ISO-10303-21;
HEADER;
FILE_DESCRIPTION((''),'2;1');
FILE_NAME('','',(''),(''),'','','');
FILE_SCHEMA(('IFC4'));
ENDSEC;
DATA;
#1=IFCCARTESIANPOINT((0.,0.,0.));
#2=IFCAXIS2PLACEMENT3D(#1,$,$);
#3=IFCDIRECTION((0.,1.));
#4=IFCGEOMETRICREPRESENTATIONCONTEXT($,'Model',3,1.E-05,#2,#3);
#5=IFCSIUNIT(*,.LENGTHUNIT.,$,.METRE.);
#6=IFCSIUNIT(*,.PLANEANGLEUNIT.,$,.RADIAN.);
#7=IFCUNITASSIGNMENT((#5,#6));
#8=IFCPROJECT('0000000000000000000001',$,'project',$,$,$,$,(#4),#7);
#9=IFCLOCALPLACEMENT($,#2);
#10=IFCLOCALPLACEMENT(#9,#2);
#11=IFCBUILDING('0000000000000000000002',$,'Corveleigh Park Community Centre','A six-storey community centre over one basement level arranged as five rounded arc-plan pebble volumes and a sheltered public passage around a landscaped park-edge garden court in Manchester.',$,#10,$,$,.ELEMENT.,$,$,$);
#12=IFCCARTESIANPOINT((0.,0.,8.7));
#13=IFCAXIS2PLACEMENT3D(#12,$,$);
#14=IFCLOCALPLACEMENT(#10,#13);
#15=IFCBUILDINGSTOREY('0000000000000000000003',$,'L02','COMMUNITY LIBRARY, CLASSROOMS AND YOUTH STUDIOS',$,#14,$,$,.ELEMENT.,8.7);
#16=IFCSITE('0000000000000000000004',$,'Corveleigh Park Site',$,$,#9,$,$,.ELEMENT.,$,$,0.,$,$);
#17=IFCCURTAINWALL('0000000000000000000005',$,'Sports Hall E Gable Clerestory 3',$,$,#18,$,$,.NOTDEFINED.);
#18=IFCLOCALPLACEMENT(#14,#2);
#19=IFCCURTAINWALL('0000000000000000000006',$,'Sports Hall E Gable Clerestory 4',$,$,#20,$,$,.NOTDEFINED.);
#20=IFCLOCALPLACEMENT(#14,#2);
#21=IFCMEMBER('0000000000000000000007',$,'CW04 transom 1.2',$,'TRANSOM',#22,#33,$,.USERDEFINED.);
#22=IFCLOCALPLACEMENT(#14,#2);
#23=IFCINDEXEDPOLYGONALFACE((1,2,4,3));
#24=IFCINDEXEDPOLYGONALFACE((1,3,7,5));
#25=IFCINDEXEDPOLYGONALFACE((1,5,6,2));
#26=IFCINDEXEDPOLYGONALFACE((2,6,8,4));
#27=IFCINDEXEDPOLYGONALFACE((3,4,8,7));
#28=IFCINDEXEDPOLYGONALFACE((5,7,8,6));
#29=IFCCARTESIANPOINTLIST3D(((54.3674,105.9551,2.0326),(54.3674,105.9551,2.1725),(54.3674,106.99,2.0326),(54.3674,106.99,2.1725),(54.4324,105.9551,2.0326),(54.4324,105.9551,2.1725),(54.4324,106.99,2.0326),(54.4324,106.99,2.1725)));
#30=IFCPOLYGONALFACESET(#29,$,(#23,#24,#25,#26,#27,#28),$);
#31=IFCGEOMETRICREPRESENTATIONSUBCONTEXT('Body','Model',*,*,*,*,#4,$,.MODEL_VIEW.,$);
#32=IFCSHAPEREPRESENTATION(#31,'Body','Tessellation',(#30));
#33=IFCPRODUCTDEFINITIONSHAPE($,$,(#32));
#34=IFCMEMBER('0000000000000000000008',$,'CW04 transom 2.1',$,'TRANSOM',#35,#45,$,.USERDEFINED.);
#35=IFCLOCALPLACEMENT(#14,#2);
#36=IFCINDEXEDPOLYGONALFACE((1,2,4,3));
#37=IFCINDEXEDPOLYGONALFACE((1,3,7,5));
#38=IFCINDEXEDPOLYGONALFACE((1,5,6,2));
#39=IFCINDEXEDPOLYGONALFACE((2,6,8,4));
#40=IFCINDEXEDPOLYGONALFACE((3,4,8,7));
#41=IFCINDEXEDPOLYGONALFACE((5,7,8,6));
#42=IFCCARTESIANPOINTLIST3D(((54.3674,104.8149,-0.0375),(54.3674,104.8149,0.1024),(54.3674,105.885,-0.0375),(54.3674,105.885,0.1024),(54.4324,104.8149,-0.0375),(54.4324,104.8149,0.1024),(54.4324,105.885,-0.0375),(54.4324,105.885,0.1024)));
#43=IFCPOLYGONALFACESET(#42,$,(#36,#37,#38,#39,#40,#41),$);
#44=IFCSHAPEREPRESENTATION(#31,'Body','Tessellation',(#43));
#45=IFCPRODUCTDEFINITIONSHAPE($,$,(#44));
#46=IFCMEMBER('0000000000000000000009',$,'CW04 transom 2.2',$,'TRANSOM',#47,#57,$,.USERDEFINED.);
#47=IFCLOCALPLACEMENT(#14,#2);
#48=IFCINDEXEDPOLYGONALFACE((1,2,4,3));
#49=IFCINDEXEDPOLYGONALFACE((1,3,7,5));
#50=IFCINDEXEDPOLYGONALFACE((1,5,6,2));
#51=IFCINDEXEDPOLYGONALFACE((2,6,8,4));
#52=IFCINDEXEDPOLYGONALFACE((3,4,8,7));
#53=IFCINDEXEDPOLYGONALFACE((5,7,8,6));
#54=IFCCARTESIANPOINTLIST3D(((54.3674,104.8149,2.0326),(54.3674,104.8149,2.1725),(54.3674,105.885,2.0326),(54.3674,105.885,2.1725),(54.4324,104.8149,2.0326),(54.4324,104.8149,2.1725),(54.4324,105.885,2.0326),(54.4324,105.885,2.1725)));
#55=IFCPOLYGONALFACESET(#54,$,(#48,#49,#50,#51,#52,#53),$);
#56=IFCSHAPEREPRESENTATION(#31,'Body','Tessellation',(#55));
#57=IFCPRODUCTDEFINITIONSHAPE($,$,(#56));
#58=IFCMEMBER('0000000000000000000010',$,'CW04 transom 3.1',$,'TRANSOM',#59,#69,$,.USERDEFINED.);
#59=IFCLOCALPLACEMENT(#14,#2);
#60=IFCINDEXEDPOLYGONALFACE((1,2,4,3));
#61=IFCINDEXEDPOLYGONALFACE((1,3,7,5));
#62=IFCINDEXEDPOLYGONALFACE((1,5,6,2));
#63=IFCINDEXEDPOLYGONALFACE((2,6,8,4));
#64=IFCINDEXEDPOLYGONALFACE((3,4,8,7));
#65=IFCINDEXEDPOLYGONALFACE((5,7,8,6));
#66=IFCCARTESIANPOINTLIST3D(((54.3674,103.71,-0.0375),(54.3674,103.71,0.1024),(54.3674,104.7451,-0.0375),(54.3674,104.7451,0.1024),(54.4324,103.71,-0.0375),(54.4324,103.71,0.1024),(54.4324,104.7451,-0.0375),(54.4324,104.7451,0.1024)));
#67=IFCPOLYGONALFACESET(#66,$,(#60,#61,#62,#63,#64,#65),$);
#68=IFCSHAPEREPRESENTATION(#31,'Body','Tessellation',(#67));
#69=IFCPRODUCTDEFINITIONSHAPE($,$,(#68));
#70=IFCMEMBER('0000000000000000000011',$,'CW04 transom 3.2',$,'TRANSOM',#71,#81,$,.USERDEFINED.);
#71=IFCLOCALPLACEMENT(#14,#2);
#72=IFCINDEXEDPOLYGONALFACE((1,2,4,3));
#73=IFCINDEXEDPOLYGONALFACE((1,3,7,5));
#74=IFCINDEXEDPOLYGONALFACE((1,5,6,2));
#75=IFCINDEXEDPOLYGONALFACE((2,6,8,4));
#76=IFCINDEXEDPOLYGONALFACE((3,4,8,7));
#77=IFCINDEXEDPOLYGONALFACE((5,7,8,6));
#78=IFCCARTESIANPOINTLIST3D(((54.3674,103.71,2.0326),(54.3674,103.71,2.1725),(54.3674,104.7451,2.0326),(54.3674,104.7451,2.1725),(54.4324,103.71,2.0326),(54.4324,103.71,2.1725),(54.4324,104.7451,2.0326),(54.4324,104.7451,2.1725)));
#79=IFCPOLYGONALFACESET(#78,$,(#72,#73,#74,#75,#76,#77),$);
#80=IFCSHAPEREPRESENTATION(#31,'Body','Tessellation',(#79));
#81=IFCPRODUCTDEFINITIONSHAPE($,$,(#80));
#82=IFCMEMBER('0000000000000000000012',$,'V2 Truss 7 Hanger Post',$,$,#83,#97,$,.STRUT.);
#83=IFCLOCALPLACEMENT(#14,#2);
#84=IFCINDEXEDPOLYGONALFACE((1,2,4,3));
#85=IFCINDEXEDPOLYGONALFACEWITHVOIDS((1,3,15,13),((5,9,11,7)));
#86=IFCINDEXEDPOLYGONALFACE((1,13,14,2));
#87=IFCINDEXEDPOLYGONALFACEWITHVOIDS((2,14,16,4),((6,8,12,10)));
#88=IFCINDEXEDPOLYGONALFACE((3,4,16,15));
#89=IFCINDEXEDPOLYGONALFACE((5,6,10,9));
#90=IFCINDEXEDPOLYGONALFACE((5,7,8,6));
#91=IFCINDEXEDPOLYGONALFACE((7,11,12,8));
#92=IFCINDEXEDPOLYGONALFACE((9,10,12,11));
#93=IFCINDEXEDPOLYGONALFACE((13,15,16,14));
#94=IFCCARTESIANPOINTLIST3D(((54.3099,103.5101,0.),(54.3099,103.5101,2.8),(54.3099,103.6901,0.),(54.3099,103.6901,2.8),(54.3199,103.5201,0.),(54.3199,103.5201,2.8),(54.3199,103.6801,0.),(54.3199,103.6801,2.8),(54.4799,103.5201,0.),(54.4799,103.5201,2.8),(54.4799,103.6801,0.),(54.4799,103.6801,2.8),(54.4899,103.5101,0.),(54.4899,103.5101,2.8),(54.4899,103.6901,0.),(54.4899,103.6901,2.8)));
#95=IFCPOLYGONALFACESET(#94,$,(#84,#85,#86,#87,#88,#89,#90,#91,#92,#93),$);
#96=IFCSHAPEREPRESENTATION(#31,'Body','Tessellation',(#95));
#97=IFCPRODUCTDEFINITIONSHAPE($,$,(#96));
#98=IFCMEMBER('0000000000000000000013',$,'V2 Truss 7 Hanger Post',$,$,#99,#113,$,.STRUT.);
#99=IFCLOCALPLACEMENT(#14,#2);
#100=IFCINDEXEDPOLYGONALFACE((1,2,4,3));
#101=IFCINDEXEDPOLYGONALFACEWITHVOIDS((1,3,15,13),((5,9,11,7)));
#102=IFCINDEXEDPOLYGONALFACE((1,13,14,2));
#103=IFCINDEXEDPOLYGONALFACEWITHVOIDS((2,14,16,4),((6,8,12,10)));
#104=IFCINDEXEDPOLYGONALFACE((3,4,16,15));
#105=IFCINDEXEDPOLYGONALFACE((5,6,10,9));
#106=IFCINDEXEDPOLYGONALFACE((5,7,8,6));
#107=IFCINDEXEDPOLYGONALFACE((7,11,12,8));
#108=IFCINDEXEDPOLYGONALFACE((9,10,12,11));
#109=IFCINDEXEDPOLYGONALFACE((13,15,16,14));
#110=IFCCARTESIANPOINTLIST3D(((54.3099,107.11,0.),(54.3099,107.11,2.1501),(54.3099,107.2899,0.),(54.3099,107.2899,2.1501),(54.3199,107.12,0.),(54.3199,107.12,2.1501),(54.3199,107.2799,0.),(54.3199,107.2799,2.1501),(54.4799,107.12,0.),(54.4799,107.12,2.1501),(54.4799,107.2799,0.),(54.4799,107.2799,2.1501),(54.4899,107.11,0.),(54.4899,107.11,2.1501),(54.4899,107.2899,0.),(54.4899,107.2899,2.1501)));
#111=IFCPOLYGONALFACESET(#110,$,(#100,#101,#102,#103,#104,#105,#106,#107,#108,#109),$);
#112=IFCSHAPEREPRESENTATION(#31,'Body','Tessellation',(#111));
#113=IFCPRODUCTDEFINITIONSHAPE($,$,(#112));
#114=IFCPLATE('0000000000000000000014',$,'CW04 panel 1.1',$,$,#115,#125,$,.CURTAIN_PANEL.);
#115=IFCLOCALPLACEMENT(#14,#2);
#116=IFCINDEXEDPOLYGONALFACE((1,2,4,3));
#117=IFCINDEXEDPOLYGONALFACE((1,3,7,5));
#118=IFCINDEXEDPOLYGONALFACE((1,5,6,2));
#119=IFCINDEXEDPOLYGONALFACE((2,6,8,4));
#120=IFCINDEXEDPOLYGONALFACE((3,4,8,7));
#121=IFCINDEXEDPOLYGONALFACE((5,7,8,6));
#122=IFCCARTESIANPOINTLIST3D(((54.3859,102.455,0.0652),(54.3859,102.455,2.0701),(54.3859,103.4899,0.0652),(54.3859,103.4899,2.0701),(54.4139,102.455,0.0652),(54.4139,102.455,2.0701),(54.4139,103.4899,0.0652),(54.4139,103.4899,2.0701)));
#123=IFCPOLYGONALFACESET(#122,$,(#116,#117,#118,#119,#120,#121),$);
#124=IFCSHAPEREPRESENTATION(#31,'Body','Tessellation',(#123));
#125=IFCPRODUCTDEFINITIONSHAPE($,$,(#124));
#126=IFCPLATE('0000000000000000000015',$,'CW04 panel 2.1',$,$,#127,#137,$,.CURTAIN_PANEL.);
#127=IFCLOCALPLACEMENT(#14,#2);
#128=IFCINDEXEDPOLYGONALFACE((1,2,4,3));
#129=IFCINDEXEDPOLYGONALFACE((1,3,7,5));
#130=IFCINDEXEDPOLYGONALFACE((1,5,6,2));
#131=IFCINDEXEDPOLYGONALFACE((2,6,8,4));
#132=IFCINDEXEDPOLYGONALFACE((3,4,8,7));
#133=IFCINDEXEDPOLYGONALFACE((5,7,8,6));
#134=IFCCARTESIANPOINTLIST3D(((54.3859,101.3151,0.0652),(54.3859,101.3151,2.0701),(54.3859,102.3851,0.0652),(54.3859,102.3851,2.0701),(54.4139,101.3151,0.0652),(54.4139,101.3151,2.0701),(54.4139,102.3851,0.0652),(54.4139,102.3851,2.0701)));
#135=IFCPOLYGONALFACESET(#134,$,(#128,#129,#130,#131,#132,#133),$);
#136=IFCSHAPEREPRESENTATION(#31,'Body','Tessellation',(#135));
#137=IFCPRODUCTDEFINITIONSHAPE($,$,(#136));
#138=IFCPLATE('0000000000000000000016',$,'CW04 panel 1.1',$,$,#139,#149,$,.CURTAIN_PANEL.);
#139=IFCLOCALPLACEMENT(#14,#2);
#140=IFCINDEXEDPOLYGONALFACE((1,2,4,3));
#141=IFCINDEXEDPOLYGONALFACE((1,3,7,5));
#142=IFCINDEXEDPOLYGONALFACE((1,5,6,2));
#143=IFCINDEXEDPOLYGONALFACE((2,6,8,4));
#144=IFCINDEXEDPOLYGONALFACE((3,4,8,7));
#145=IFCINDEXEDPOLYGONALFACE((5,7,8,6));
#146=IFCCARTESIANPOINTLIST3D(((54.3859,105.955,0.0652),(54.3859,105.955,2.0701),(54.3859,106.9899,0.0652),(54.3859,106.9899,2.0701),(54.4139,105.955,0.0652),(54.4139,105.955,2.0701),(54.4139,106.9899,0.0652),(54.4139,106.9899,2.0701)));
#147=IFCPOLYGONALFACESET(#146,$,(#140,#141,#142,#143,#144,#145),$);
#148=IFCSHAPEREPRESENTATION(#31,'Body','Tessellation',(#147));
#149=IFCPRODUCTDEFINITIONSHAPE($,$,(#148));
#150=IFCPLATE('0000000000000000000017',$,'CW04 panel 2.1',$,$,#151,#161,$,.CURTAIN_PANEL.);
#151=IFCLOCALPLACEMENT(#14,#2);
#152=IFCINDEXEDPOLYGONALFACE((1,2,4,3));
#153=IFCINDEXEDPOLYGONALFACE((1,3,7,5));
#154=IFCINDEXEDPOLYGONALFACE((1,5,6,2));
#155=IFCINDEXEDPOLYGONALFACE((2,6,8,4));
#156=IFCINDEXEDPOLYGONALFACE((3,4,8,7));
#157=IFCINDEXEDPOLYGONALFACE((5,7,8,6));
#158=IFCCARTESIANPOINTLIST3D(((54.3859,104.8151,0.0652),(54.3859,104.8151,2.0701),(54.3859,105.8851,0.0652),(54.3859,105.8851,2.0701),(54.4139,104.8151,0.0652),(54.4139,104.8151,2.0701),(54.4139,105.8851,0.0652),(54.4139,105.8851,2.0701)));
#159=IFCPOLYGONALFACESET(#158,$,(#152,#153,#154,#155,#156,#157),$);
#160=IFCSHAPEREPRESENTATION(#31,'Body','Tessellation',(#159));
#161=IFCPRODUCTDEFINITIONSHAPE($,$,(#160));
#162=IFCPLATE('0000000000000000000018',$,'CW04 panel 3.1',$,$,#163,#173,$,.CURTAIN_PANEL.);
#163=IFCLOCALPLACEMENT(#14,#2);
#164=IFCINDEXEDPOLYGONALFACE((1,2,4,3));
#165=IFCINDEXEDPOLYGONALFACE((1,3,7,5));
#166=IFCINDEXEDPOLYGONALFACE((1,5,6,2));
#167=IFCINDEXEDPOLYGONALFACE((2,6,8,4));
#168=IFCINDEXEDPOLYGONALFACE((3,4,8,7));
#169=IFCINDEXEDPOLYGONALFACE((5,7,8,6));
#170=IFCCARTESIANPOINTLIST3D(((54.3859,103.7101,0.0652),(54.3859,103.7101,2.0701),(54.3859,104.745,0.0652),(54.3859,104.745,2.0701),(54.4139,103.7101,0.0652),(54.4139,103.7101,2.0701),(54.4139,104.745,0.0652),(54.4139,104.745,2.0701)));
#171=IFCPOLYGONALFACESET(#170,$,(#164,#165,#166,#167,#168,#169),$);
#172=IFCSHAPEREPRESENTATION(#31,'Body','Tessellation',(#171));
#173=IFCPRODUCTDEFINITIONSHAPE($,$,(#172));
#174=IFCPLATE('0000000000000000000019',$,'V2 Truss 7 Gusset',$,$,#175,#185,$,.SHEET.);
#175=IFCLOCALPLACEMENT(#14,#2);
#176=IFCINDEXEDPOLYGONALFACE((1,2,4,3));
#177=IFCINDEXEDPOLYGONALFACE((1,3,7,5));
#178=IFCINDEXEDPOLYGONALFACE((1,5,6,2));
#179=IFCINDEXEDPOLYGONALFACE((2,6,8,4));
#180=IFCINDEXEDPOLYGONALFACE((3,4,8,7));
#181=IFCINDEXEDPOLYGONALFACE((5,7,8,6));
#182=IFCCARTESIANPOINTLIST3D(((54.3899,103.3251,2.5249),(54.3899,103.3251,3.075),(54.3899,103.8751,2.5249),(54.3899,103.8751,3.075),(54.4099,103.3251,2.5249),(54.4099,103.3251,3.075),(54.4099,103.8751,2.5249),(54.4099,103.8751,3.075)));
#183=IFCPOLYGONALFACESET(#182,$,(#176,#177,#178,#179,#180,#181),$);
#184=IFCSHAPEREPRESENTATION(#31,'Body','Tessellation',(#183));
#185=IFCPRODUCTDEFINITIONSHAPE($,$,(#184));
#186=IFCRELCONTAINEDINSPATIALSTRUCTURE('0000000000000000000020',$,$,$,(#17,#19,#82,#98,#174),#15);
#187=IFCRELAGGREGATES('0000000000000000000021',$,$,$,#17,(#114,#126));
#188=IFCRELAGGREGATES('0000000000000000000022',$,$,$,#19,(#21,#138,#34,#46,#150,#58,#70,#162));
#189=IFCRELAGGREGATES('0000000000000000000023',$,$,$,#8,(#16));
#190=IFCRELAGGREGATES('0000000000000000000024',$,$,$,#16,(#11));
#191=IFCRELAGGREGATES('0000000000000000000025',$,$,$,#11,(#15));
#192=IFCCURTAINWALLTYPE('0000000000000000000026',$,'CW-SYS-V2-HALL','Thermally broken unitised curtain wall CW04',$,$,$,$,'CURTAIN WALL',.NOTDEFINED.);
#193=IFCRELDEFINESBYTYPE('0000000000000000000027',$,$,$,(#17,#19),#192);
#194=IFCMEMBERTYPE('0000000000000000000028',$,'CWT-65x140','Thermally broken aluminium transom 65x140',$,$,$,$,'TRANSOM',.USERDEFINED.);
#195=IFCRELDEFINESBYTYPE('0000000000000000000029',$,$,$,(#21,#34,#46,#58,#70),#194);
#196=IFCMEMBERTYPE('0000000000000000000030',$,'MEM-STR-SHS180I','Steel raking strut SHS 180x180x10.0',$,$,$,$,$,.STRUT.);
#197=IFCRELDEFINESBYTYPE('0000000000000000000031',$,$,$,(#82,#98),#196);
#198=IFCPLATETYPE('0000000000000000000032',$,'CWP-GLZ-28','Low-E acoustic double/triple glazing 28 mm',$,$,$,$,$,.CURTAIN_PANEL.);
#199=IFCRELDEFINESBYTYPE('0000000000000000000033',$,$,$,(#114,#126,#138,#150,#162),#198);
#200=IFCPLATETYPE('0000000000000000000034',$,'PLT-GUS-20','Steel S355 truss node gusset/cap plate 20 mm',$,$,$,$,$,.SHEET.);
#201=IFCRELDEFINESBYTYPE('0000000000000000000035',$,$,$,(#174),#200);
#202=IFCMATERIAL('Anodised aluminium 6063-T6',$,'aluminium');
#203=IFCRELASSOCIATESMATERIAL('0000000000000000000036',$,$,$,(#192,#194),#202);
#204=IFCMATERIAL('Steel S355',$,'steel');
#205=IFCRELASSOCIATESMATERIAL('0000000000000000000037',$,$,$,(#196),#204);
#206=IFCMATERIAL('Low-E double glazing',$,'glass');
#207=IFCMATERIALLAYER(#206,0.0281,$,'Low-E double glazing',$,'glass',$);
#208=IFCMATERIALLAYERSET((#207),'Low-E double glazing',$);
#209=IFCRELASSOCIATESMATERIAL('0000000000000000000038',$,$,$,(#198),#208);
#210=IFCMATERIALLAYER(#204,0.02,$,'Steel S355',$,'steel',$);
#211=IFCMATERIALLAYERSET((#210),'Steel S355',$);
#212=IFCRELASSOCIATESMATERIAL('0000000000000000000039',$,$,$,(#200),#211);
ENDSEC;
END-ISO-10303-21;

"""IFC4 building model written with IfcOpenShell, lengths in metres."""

from ifc_helpers import new_model, si_unit, direction, frame, origin, origin_2d, place, context, subcontext, project, spatial, rectangle, hollow_rectangle, extrude, material, layer, layer_set, material_profile, profile_set, type_object, element, aggregate, save


model = new_model("IFC4")

# Units and contexts
model_context = context("Model", 3, precision=1e-05, world=origin(), true_north=direction((0.0, 1.0)))
body_context = subcontext(model_context, "Body", "Model", "MODEL_VIEW")
ifc_project = project(units=[si_unit("LENGTHUNIT", "METRE"), si_unit("PLANEANGLEUNIT", "RADIAN")], contexts=[model_context])

# Site, building, storey
site_placement = place(None, origin())
site = spatial("IfcSite", under=ifc_project, at=site_placement, Name="Corveleigh Park Site", CompositionType="ELEMENT", RefElevation=0.0)
building_placement = place(site_placement, origin())
building = spatial("IfcBuilding", under=site, at=building_placement, Name="Corveleigh Park Community Centre", Description="A six-storey community centre over one basement level arranged as five rounded arc-plan pebble volumes and a sheltered public passage around a landscaped park-edge garden court in Manchester.", CompositionType="ELEMENT")
storey_placement = place(building_placement, frame((0.0, 0.0, 8.7)))
storey = spatial("IfcBuildingStorey", under=building, at=storey_placement, Name="L02", Description="COMMUNITY LIBRARY, CLASSROOMS AND YOUTH STUDIOS", CompositionType="ELEMENT", Elevation=8.7)

# Shared definitions
ifc_material_1 = material(Name="Steel S355", Category="steel")

# Curtain walls
ifc_material_2 = material(Name="Anodised aluminium 6063-T6", Category="aluminium")
curtain_wall_type = type_object("IfcCurtainWallType", Name="CW-SYS-V2-HALL", Description="Thermally broken unitised curtain wall CW04", ElementType="CURTAIN WALL", PredefinedType="NOTDEFINED", material=ifc_material_2)
curtain_wall_1_placement = place(storey_placement, origin())
curtain_wall_1 = element("IfcCurtainWall", 1, at=curtain_wall_1_placement, inside=storey, type_object=curtain_wall_type, Name="Sports Hall E Gable Clerestory 3", PredefinedType="NOTDEFINED")
curtain_wall_2_placement = place(storey_placement, origin())
curtain_wall_2 = element("IfcCurtainWall", 2, at=curtain_wall_2_placement, inside=storey, type_object=curtain_wall_type, Name="Sports Hall E Gable Clerestory 4", PredefinedType="NOTDEFINED")

# Members
ifc_material_profile_1 = material_profile(ifc_material_2, rectangle(XDim=0.0649, YDim=0.1399, at=origin_2d()), Name="ALU-T65x140", Category="aluminium")
ifc_profile_set_1 = profile_set([ifc_material_profile_1], Name="Anodised aluminium 6063-T6")
member_type_1 = type_object("IfcMemberType", Name="CWT-65x140", Description="Thermally broken aluminium transom 65x140", ElementType="TRANSOM", PredefinedType="USERDEFINED", material=ifc_profile_set_1)
member_1_placement = place(storey_placement, frame((54.3999, 106.99, 2.1025), z_axis=(0.0, -1.0, 0.0), x_axis=(1.0, 0.0, 0.0)))
member_1 = element("IfcMember", 3, at=member_1_placement, type_object=member_type_1, Name="CW04 transom 1.2", ObjectType="TRANSOM", PredefinedType="USERDEFINED", context=body_context, shape_type="SweptSolid", body=[
    extrude(rectangle(XDim=0.0649, YDim=0.1399, at=origin_2d()), origin(), (0.0, 0.0, 1.0), 1.0349),
])
member_2_placement = place(storey_placement, frame((54.3999, 105.885, 0.0325), z_axis=(0.0, -1.0, 0.0), x_axis=(1.0, 0.0, 0.0)))
member_2 = element("IfcMember", 4, at=member_2_placement, type_object=member_type_1, Name="CW04 transom 2.1", ObjectType="TRANSOM", PredefinedType="USERDEFINED", context=body_context, shape_type="SweptSolid", body=[
    extrude(rectangle(XDim=0.0649, YDim=0.1399, at=origin_2d()), origin(), (0.0, 0.0, 1.0), 1.0701),
])
member_3_placement = place(storey_placement, frame((54.3999, 105.885, 2.1025), z_axis=(0.0, -1.0, 0.0), x_axis=(1.0, 0.0, 0.0)))
member_3 = element("IfcMember", 5, at=member_3_placement, type_object=member_type_1, Name="CW04 transom 2.2", ObjectType="TRANSOM", PredefinedType="USERDEFINED", context=body_context, shape_type="SweptSolid", body=[
    extrude(rectangle(XDim=0.0649, YDim=0.1399, at=origin_2d()), origin(), (0.0, 0.0, 1.0), 1.0701),
])
member_4_placement = place(storey_placement, frame((54.3999, 104.7451, 0.0325), z_axis=(0.0, -1.0, 0.0), x_axis=(1.0, 0.0, 0.0)))
member_4 = element("IfcMember", 6, at=member_4_placement, type_object=member_type_1, Name="CW04 transom 3.1", ObjectType="TRANSOM", PredefinedType="USERDEFINED", context=body_context, shape_type="SweptSolid", body=[
    extrude(rectangle(XDim=0.0649, YDim=0.1399, at=origin_2d()), origin(), (0.0, 0.0, 1.0), 1.0352),
])
member_5_placement = place(storey_placement, frame((54.3999, 104.7451, 2.1025), z_axis=(0.0, -1.0, 0.0), x_axis=(1.0, 0.0, 0.0)))
member_5 = element("IfcMember", 7, at=member_5_placement, type_object=member_type_1, Name="CW04 transom 3.2", ObjectType="TRANSOM", PredefinedType="USERDEFINED", context=body_context, shape_type="SweptSolid", body=[
    extrude(rectangle(XDim=0.0649, YDim=0.1399, at=origin_2d()), origin(), (0.0, 0.0, 1.0), 1.0352),
])

# Members
ifc_material_profile_2 = material_profile(ifc_material_1, hollow_rectangle(XDim=0.1799, YDim=0.1799, WallThickness=0.01, at=origin_2d()), Name="SHS 180x180x10.0", Category="steel")
ifc_profile_set_2 = profile_set([ifc_material_profile_2], Name="Steel S355")
member_type_2 = type_object("IfcMemberType", Name="MEM-STR-SHS180I", Description="Steel raking strut SHS 180x180x10.0", PredefinedType="STRUT", material=ifc_profile_set_2)
member_6_placement = place(storey_placement, frame((54.3999, 103.6001, 0.0), z_axis=(0.0, 0.0, 1.0), x_axis=(1.0, 0.0, 0.0)))
element("IfcMember", 8, at=member_6_placement, inside=storey, type_object=member_type_2, Name="V2 Truss 7 Hanger Post", PredefinedType="STRUT", context=body_context, shape_type="SweptSolid", body=[
    extrude(hollow_rectangle(XDim=0.1799, YDim=0.1799, WallThickness=0.01, at=origin_2d()), origin(), (0.0, 0.0, 1.0), 2.8),
])
member_7_placement = place(storey_placement, frame((54.3999, 107.2, 0.0), z_axis=(0.0, 0.0, 1.0), x_axis=(1.0, 0.0, 0.0)))
element("IfcMember", 9, at=member_7_placement, inside=storey, type_object=member_type_2, Name="V2 Truss 7 Hanger Post", PredefinedType="STRUT", context=body_context, shape_type="SweptSolid", body=[
    extrude(hollow_rectangle(XDim=0.1799, YDim=0.1799, WallThickness=0.01, at=origin_2d()), origin(), (0.0, 0.0, 1.0), 2.1501),
])

# Plates
ifc_material_3 = material(Name="Low-E double glazing", Category="glass")
ifc_layer_1 = layer(ifc_material_3, 0.0281, Name="Low-E double glazing", Category="glass")
ifc_layer_set_1 = layer_set([ifc_layer_1], Name="Low-E double glazing")
plate_type_1 = type_object("IfcPlateType", Name="CWP-GLZ-28", Description="Low-E acoustic double/triple glazing 28 mm", PredefinedType="CURTAIN_PANEL", material=ifc_layer_set_1)
plate_1_placement = place(storey_placement, frame((54.3999, 102.9724, 0.0652), z_axis=(0.0, 0.0, 1.0), x_axis=(0.0, -1.0, 0.0)))
plate_1 = element("IfcPlate", 10, at=plate_1_placement, type_object=plate_type_1, Name="CW04 panel 1.1", PredefinedType="CURTAIN_PANEL", context=body_context, shape_type="SweptSolid", body=[
    extrude(rectangle(XDim=1.0349, YDim=0.0281, at=origin_2d()), origin(), (0.0, 0.0, 1.0), 2.0049),
])
plate_2_placement = place(storey_placement, frame((54.3999, 101.8501, 0.0652), z_axis=(0.0, 0.0, 1.0), x_axis=(0.0, -1.0, 0.0)))
plate_2 = element("IfcPlate", 11, at=plate_2_placement, type_object=plate_type_1, Name="CW04 panel 2.1", PredefinedType="CURTAIN_PANEL", context=body_context, shape_type="SweptSolid", body=[
    extrude(rectangle(XDim=1.0701, YDim=0.0281, at=origin_2d()), origin(), (0.0, 0.0, 1.0), 2.0049),
])
aggregate(curtain_wall_1, [plate_1, plate_2])
plate_3_placement = place(storey_placement, frame((54.3999, 106.4724, 0.0652), z_axis=(0.0, 0.0, 1.0), x_axis=(0.0, -1.0, 0.0)))
plate_3 = element("IfcPlate", 12, at=plate_3_placement, type_object=plate_type_1, Name="CW04 panel 1.1", PredefinedType="CURTAIN_PANEL", context=body_context, shape_type="SweptSolid", body=[
    extrude(rectangle(XDim=1.0349, YDim=0.0281, at=origin_2d()), origin(), (0.0, 0.0, 1.0), 2.0049),
])
plate_4_placement = place(storey_placement, frame((54.3999, 105.3501, 0.0652), z_axis=(0.0, 0.0, 1.0), x_axis=(0.0, -1.0, 0.0)))
plate_4 = element("IfcPlate", 13, at=plate_4_placement, type_object=plate_type_1, Name="CW04 panel 2.1", PredefinedType="CURTAIN_PANEL", context=body_context, shape_type="SweptSolid", body=[
    extrude(rectangle(XDim=1.0701, YDim=0.0281, at=origin_2d()), origin(), (0.0, 0.0, 1.0), 2.0049),
])
plate_5_placement = place(storey_placement, frame((54.3999, 104.2275, 0.0652), z_axis=(0.0, 0.0, 1.0), x_axis=(0.0, -1.0, 0.0)))
plate_5 = element("IfcPlate", 14, at=plate_5_placement, type_object=plate_type_1, Name="CW04 panel 3.1", PredefinedType="CURTAIN_PANEL", context=body_context, shape_type="SweptSolid", body=[
    extrude(rectangle(XDim=1.0349, YDim=0.0281, at=origin_2d()), origin(), (0.0, 0.0, 1.0), 2.0049),
])
aggregate(curtain_wall_2, [member_1, plate_3, member_2, member_3, plate_4, member_4, member_5, plate_5])

# Plate
ifc_layer_2 = layer(ifc_material_1, 0.02, Name="Steel S355", Category="steel")
ifc_layer_set_2 = layer_set([ifc_layer_2], Name="Steel S355")
plate_type_2 = type_object("IfcPlateType", Name="PLT-GUS-20", Description="Steel S355 truss node gusset/cap plate 20 mm", PredefinedType="SHEET", material=ifc_layer_set_2)
plate_6_placement = place(storey_placement, frame((54.3999, 103.6001, 2.5249), z_axis=(0.0, 0.0, 1.0), x_axis=(0.0, 1.0, 0.0)))
element("IfcPlate", 15, at=plate_6_placement, inside=storey, type_object=plate_type_2, Name="V2 Truss 7 Gusset", PredefinedType="SHEET", context=body_context, shape_type="SweptSolid", body=[
    extrude(rectangle(XDim=0.55, YDim=0.02, at=origin_2d()), origin(), (0.0, 0.0, 1.0), 0.55),
])

save(model, "model.ifc")
